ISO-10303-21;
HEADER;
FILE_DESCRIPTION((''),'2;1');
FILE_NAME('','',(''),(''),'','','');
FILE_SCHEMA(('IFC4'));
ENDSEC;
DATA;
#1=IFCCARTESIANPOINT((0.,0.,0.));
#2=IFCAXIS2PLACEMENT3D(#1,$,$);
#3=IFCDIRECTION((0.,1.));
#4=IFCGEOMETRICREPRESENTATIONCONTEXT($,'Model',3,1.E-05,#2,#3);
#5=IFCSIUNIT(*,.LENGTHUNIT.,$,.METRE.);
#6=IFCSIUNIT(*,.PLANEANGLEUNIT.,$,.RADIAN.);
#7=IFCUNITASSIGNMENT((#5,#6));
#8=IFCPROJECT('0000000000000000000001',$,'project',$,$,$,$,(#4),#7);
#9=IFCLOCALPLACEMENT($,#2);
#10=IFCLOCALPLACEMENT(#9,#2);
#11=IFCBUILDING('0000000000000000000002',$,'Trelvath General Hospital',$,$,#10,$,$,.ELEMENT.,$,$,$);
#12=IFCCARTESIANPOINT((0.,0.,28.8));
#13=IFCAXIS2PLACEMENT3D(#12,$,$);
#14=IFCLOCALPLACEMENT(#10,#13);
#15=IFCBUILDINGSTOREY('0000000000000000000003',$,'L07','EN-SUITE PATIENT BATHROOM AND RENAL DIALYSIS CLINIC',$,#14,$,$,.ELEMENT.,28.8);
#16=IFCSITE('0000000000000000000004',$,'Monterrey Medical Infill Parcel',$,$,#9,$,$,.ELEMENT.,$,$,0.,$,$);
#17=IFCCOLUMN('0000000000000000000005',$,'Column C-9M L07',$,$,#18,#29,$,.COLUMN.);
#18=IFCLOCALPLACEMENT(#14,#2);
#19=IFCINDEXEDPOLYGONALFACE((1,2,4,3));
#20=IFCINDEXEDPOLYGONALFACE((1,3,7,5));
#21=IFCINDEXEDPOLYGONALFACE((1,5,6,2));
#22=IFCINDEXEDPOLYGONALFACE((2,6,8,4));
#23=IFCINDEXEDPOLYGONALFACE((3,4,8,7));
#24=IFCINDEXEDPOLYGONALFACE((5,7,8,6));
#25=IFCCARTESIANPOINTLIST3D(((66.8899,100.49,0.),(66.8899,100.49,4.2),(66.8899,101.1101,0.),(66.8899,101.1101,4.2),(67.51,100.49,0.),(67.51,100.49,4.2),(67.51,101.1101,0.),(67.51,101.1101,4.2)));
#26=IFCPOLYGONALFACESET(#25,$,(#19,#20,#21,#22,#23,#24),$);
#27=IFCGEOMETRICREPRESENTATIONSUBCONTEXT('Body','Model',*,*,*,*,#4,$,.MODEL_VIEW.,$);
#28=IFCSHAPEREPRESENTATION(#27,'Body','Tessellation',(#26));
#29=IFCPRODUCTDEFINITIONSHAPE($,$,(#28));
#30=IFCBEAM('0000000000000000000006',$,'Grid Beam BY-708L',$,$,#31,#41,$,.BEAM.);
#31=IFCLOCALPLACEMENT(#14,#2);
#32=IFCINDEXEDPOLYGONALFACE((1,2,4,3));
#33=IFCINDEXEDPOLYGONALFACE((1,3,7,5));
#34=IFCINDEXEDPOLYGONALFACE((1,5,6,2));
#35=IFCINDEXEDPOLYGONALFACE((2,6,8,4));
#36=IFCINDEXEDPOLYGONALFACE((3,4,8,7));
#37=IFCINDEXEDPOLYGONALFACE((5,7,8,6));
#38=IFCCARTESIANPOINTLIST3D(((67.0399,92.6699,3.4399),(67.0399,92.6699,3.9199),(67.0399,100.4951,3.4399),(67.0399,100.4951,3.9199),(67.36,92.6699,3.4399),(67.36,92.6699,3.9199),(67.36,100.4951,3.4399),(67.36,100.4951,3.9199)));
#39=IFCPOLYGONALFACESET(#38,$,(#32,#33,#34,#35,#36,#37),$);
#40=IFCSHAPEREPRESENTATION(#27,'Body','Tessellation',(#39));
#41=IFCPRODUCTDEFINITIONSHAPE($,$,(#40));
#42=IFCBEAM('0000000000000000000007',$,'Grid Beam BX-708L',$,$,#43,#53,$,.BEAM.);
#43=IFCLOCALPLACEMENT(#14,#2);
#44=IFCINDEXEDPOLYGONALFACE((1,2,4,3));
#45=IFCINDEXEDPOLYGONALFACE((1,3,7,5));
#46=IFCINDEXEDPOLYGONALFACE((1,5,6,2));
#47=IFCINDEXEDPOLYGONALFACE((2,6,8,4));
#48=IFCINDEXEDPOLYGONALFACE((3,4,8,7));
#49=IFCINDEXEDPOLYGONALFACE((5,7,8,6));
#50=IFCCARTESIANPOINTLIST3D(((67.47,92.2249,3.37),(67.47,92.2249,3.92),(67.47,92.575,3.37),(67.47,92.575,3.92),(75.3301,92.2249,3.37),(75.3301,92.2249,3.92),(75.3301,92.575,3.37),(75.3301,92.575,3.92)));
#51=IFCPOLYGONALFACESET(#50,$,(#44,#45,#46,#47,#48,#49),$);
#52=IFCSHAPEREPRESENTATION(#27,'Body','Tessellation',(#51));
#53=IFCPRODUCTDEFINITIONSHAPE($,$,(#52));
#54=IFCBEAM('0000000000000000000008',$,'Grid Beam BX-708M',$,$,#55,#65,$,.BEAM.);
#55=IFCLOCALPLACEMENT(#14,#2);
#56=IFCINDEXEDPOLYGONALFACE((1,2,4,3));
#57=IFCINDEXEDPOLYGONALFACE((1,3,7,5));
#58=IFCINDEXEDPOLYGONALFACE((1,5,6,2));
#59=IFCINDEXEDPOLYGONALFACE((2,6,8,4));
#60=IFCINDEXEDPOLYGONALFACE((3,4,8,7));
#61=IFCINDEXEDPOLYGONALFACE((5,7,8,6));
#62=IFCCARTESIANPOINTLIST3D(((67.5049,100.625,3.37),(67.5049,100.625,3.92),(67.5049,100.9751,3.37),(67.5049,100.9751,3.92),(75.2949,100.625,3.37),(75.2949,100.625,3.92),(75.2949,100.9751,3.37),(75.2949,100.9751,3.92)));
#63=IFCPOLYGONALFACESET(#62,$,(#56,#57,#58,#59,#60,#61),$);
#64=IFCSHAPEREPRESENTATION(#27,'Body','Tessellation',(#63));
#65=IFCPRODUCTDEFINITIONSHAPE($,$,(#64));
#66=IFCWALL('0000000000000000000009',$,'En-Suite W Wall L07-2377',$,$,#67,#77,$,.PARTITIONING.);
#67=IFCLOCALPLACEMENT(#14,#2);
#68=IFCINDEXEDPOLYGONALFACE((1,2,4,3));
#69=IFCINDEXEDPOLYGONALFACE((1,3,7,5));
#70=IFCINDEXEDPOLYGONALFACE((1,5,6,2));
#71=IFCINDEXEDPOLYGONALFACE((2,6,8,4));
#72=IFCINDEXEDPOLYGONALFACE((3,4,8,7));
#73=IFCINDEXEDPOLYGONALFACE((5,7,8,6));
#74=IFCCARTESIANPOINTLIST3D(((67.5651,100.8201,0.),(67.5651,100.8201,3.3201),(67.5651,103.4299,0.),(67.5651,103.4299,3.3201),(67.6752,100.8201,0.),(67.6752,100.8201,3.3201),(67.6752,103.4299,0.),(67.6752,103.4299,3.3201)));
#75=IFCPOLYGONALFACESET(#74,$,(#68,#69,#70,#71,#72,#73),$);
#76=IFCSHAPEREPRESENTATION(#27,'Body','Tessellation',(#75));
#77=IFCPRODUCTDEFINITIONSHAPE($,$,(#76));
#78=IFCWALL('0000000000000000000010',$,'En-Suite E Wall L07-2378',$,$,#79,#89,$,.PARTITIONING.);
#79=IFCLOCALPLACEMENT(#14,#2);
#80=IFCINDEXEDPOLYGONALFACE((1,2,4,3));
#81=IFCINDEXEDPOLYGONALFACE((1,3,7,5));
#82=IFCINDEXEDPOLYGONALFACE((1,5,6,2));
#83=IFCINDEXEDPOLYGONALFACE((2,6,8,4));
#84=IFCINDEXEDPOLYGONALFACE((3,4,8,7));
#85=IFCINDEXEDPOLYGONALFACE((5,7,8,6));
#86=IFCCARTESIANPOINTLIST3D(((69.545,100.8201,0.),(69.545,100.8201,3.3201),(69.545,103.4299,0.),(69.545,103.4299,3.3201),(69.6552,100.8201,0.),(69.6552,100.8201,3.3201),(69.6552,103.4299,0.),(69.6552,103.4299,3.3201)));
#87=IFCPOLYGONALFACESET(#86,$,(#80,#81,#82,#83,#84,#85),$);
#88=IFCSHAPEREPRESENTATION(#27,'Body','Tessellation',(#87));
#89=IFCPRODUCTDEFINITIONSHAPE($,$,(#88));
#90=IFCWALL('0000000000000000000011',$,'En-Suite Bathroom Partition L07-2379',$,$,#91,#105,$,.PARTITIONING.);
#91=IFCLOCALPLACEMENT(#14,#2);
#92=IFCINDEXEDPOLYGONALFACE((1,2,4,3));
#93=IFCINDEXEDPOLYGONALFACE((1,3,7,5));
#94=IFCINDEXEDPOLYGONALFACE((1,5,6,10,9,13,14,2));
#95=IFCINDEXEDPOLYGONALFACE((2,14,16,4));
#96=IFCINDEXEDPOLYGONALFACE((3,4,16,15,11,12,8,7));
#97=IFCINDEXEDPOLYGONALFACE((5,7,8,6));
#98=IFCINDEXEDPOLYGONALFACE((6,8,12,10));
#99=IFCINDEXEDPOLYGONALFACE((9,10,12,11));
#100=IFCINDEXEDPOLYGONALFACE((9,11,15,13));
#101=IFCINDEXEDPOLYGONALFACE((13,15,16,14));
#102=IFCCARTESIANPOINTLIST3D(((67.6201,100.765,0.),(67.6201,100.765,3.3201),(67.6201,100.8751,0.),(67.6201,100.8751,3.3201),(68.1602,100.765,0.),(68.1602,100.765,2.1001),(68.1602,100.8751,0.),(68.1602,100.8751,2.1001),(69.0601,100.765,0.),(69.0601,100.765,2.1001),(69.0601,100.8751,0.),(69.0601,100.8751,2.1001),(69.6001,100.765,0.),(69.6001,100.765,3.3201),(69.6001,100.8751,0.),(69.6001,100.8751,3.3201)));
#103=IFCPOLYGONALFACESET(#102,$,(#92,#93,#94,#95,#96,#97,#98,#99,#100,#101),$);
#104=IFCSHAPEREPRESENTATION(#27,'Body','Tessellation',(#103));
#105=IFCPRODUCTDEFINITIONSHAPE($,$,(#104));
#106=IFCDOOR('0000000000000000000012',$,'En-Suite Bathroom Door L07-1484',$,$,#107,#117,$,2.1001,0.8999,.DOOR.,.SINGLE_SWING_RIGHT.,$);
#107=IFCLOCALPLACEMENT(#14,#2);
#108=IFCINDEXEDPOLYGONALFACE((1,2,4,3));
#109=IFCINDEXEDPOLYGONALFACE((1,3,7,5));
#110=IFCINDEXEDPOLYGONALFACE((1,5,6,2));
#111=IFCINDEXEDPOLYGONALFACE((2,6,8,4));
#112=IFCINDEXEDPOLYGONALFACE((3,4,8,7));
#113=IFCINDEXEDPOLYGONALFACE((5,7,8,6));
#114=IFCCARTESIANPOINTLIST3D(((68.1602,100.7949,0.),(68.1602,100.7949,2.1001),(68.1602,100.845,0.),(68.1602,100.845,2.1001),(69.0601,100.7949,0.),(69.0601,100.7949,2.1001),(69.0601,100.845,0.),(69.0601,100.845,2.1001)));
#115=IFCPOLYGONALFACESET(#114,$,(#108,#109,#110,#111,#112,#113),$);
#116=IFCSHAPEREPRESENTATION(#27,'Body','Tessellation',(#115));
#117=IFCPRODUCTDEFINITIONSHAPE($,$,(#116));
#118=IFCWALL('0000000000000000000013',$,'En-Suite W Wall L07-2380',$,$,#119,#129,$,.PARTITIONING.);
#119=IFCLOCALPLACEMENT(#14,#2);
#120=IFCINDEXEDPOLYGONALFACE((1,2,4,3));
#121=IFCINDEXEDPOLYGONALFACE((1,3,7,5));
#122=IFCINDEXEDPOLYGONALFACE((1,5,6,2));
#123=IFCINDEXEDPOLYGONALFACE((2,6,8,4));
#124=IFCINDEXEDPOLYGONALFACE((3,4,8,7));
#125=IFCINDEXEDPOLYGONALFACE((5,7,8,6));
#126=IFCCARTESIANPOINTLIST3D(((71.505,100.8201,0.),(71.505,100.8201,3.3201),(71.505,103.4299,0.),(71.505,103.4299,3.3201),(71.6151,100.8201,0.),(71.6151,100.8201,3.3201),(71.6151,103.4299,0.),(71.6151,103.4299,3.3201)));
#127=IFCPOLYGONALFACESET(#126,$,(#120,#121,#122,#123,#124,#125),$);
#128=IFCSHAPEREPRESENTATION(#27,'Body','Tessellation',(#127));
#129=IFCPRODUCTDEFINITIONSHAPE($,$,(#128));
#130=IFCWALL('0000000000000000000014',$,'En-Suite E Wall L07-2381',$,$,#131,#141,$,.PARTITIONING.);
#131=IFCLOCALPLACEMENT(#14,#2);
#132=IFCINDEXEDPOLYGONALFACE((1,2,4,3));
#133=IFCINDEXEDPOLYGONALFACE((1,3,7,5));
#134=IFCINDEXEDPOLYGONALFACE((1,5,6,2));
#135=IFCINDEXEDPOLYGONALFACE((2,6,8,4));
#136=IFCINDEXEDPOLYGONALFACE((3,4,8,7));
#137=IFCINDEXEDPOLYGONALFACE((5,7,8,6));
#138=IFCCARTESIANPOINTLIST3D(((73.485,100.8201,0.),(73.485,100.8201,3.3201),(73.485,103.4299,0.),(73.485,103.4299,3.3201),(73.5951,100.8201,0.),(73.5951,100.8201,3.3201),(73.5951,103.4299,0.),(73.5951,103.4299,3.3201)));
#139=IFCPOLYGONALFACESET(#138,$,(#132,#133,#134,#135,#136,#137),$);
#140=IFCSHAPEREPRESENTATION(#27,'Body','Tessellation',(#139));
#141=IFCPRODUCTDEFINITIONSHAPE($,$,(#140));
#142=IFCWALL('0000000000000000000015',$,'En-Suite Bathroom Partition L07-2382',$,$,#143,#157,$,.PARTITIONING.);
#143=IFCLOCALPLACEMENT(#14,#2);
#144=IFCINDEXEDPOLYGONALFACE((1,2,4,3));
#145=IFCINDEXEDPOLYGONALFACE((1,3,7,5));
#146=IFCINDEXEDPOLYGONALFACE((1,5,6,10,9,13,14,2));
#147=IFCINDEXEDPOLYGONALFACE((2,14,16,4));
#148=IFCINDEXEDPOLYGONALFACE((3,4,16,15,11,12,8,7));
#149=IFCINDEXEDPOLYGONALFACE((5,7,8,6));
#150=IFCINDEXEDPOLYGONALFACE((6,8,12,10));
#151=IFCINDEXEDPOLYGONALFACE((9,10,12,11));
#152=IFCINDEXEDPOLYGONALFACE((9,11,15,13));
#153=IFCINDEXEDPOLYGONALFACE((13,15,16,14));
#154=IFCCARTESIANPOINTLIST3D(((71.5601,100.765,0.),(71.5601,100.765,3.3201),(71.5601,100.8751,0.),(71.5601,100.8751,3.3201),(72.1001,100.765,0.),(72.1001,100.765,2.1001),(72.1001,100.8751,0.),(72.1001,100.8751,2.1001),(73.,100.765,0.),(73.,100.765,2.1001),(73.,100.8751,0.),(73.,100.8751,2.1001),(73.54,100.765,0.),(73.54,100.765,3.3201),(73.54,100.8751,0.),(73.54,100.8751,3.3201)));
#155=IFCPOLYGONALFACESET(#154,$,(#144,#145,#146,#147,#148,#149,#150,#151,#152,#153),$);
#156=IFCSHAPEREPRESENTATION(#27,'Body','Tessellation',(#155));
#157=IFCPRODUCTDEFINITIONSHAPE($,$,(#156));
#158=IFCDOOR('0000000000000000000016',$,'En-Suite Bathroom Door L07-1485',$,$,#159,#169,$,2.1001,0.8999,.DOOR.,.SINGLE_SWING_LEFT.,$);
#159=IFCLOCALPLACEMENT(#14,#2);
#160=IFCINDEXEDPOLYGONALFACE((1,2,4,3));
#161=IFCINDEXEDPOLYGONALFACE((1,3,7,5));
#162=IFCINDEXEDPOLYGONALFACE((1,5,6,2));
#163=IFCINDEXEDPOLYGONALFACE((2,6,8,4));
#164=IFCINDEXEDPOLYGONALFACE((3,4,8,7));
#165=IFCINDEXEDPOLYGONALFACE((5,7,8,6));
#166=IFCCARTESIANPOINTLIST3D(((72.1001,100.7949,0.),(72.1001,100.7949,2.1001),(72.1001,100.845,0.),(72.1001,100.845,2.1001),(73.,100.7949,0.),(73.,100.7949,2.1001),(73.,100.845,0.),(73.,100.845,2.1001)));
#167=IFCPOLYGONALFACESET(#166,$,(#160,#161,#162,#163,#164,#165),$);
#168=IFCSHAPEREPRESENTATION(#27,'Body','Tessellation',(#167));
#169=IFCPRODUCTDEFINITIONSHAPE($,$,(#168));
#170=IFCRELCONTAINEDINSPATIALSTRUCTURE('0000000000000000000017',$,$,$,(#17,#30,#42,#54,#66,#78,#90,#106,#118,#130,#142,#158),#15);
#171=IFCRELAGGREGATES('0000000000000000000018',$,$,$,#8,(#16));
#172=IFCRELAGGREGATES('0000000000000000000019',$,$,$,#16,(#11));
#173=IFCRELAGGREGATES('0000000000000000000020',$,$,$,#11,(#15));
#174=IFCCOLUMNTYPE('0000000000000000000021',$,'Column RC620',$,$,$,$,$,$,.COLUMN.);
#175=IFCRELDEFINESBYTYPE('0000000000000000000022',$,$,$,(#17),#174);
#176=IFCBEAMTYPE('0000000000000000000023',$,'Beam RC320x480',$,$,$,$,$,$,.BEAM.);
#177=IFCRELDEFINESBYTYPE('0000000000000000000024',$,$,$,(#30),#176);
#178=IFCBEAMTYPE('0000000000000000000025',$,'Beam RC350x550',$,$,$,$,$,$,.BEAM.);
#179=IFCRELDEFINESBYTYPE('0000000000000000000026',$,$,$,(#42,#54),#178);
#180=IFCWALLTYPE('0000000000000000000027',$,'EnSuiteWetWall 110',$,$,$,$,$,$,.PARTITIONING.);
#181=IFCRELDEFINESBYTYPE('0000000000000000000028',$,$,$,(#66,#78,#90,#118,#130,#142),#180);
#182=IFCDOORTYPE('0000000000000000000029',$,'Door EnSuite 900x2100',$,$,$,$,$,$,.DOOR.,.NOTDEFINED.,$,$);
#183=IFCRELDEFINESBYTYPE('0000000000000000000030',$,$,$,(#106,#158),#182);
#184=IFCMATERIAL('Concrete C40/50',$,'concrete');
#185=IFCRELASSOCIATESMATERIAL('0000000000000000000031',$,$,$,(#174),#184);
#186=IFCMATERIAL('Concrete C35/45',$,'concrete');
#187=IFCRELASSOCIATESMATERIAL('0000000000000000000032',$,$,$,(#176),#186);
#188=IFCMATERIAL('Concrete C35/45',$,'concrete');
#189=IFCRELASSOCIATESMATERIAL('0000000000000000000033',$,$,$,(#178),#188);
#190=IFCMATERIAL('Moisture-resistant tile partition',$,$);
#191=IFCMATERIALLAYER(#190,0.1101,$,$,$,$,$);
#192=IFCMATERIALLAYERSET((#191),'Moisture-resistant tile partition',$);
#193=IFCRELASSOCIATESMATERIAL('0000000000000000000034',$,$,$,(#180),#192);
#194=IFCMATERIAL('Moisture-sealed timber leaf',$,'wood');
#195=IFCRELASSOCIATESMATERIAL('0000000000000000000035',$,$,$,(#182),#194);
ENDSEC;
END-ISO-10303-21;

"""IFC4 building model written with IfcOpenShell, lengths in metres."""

from ifc_helpers import new_model, si_unit, direction, frame, frame_2d, origin, origin_2d, place, context, subcontext, project, spatial, rectangle, extrude, material, layer, layer_set, material_profile, profile_set, type_object, element, fill, save


model = new_model("IFC4")

# Units and contexts
model_context = context("Model", 3, precision=1e-05, world=origin(), true_north=direction((0.0, 1.0)))
body_context = subcontext(model_context, "Body", "Model", "MODEL_VIEW")
ifc_project = project(units=[si_unit("LENGTHUNIT", "METRE"), si_unit("PLANEANGLEUNIT", "RADIAN")], contexts=[model_context])

# Site, building, storey
site_placement = place(None, origin())
site = spatial("IfcSite", under=ifc_project, at=site_placement, Name="Monterrey Medical Infill Parcel", CompositionType="ELEMENT", RefElevation=0.0)
building_placement = place(site_placement, origin())
building = spatial("IfcBuilding", under=site, at=building_placement, Name="Trelvath General Hospital", CompositionType="ELEMENT")
storey_placement = place(building_placement, frame((0.0, 0.0, 28.8)))
storey = spatial("IfcBuildingStorey", under=building, at=storey_placement, Name="L07", Description="EN-SUITE PATIENT BATHROOM AND RENAL DIALYSIS CLINIC", CompositionType="ELEMENT", Elevation=28.8)

# Column
ifc_material_1 = material(Name="Concrete C40/50", Category="concrete")
ifc_material_profile_1 = material_profile(ifc_material_1, rectangle(XDim=0.6201, YDim=0.6201, at=origin_2d()), Name="RC620x620")
ifc_profile_set_1 = profile_set([ifc_material_profile_1], Name="Concrete C40/50")
column_type = type_object("IfcColumnType", Name="Column RC620", PredefinedType="COLUMN", material=ifc_profile_set_1)
column_placement = place(storey_placement, frame((67.2, 100.8, 0.0), z_axis=(0.0, 0.0, 1.0), x_axis=(1.0, 0.0, 0.0)))
element("IfcColumn", 1, at=column_placement, inside=storey, type_object=column_type, Name="Column C-9M L07", PredefinedType="COLUMN", context=body_context, shape_type="SweptSolid", body=[
    extrude(rectangle(XDim=0.6201, YDim=0.6201, at=origin_2d()), origin(), (0.0, 0.0, 1.0), 4.2),
])

# Beams
ifc_material_2 = material(Name="Concrete C35/45", Category="concrete")
ifc_material_profile_2 = material_profile(ifc_material_2, rectangle(XDim=0.3201, YDim=0.48, at=origin_2d()), Name="RCB320x480")
ifc_profile_set_2 = profile_set([ifc_material_profile_2], Name="Concrete C35/45")
beam_type_1 = type_object("IfcBeamType", Name="Beam RC320x480", PredefinedType="BEAM", material=ifc_profile_set_2)
beam_1_placement = place(storey_placement, frame((67.2, 92.6699, 3.6799), z_axis=(0.0, 1.0, 0.0), x_axis=(-1.0, 0.0, 0.0)))
element("IfcBeam", 2, at=beam_1_placement, inside=storey, type_object=beam_type_1, Name="Grid Beam BY-708L", PredefinedType="BEAM", context=body_context, shape_type="SweptSolid", body=[
    extrude(rectangle(XDim=0.3201, YDim=0.48, at=origin_2d()), origin(), (0.0, 0.0, 1.0), 7.8252),
])
ifc_material_3 = material(Name="Concrete C35/45", Category="concrete")
ifc_material_profile_3 = material_profile(ifc_material_3, rectangle(XDim=0.3501, YDim=0.55, at=origin_2d()), Name="RCB350x550")
ifc_profile_set_3 = profile_set([ifc_material_profile_3], Name="Concrete C35/45")
beam_type_2 = type_object("IfcBeamType", Name="Beam RC350x550", PredefinedType="BEAM", material=ifc_profile_set_3)
beam_2_placement = place(storey_placement, frame((67.47, 92.3999, 3.645), z_axis=(1.0, 0.0, 0.0), x_axis=(0.0, 1.0, 0.0)))
element("IfcBeam", 3, at=beam_2_placement, inside=storey, type_object=beam_type_2, Name="Grid Beam BX-708L", PredefinedType="BEAM", context=body_context, shape_type="SweptSolid", body=[
    extrude(rectangle(XDim=0.3501, YDim=0.55, at=origin_2d()), origin(), (0.0, 0.0, 1.0), 7.8601),
])
beam_3_placement = place(storey_placement, frame((67.5049, 100.8, 3.645), z_axis=(1.0, 0.0, 0.0), x_axis=(0.0, 1.0, 0.0)))
element("IfcBeam", 4, at=beam_3_placement, inside=storey, type_object=beam_type_2, Name="Grid Beam BX-708M", PredefinedType="BEAM", context=body_context, shape_type="SweptSolid", body=[
    extrude(rectangle(XDim=0.3501, YDim=0.55, at=origin_2d()), origin(), (0.0, 0.0, 1.0), 7.79),
])

# Walls
ifc_material_4 = material(Name="Moisture-resistant tile partition")
ifc_layer_1 = layer(ifc_material_4, 0.1101)
ifc_layer_set_1 = layer_set([ifc_layer_1], Name="Moisture-resistant tile partition")
wall_type_1 = type_object("IfcWallType", Name="EnSuiteWetWall 110", PredefinedType="PARTITIONING", material=ifc_layer_set_1)
for number, where, z_axis, x_axis, name in (
    (5, (67.6201, 100.8201, 0.0), (0.0, 0.0, 1.0), (0.0, 1.0, 0.0), "En-Suite W Wall L07-2377"),
    (6, (69.6001, 100.8201, 0.0), (0.0, 0.0, 1.0), (0.0, 1.0, 0.0), "En-Suite E Wall L07-2378"),
):
    element("IfcWall", number, at=place(storey_placement, frame(where, z_axis=z_axis, x_axis=x_axis)), inside=storey, type_object=wall_type_1, Name=name, PredefinedType="PARTITIONING", context=body_context, shape_type="SweptSolid", body=[
        extrude(rectangle(XDim=2.6099, YDim=0.1101, at=frame_2d((1.3049, 0.0))), origin(), (0.0, 0.0, 1.0), 3.3201),
    ])

# Wall, opening, door
wall_1_placement = place(storey_placement, frame((67.6201, 100.8201, 0.0), z_axis=(0.0, 0.0, 1.0), x_axis=(1.0, 0.0, 0.0)))
wall_1 = element("IfcWall", 7, at=wall_1_placement, inside=storey, type_object=wall_type_1, Name="En-Suite Bathroom Partition L07-2379", PredefinedType="PARTITIONING", context=body_context, shape_type="SweptSolid", body=[
    extrude(rectangle(XDim=1.98, YDim=0.1101, at=frame_2d((0.99, 0.0))), origin(), (0.0, 0.0, 1.0), 3.3201),
])
opening_1_placement = place(wall_1_placement, frame((0.54, 0.0, 0.0)))
opening_1 = element("IfcOpeningElement", 8, at=opening_1_placement, cuts=wall_1, PredefinedType="OPENING", context=body_context, shape_type="SweptSolid", body=[
    extrude(rectangle(XDim=0.8999, YDim=2.1001, at=frame_2d((0.45, 1.05))), frame((0.0, 0.0649, 0.0), z_axis=(0.0, -1.0, 0.0), x_axis=(1.0, 0.0, 0.0)), (0.0, 0.0, 1.0), 0.1301),
])
ifc_material_5 = material(Name="Moisture-sealed timber leaf", Category="wood")
door_type = type_object("IfcDoorType", Name="Door EnSuite 900x2100", OperationType="NOTDEFINED", PredefinedType="DOOR", material=ifc_material_5)
door_1_placement = place(opening_1_placement, origin())
door_1 = element("IfcDoor", 9, at=door_1_placement, inside=storey, type_object=door_type, Name="En-Suite Bathroom Door L07-1484", OperationType="SINGLE_SWING_RIGHT", OverallHeight=2.1001, OverallWidth=0.8999, PredefinedType="DOOR", context=body_context, shape_type="SweptSolid", body=[
    extrude(rectangle(XDim=0.8999, YDim=2.1001, at=frame_2d((0.45, 1.05))), frame((0.0, 0.0249, 0.0), z_axis=(0.0, -1.0, 0.0), x_axis=(1.0, 0.0, 0.0)), (0.0, 0.0, 1.0), 0.05),
])
fill(opening_1, door_1)

# Walls
for number, where, z_axis, x_axis, name in (
    (10, (71.5601, 100.8201, 0.0), (0.0, 0.0, 1.0), (0.0, 1.0, 0.0), "En-Suite W Wall L07-2380"),
    (11, (73.54, 100.8201, 0.0), (0.0, 0.0, 1.0), (0.0, 1.0, 0.0), "En-Suite E Wall L07-2381"),
):
    element("IfcWall", number, at=place(storey_placement, frame(where, z_axis=z_axis, x_axis=x_axis)), inside=storey, type_object=wall_type_1, Name=name, PredefinedType="PARTITIONING", context=body_context, shape_type="SweptSolid", body=[
        extrude(rectangle(XDim=2.6099, YDim=0.1101, at=frame_2d((1.3049, 0.0))), origin(), (0.0, 0.0, 1.0), 3.3201),
    ])

# Wall, opening, door
wall_2_placement = place(storey_placement, frame((71.5601, 100.8201, 0.0), z_axis=(0.0, 0.0, 1.0), x_axis=(1.0, 0.0, 0.0)))
wall_2 = element("IfcWall", 12, at=wall_2_placement, inside=storey, type_object=wall_type_1, Name="En-Suite Bathroom Partition L07-2382", PredefinedType="PARTITIONING", context=body_context, shape_type="SweptSolid", body=[
    extrude(rectangle(XDim=1.98, YDim=0.1101, at=frame_2d((0.99, 0.0))), origin(), (0.0, 0.0, 1.0), 3.3201),
])
opening_2_placement = place(wall_2_placement, frame((0.54, 0.0, 0.0)))
opening_2 = element("IfcOpeningElement", 13, at=opening_2_placement, cuts=wall_2, PredefinedType="OPENING", context=body_context, shape_type="SweptSolid", body=[
    extrude(rectangle(XDim=0.8999, YDim=2.1001, at=frame_2d((0.45, 1.05))), frame((0.0, 0.0649, 0.0), z_axis=(0.0, -1.0, 0.0), x_axis=(1.0, 0.0, 0.0)), (0.0, 0.0, 1.0), 0.1301),
])
door_2_placement = place(opening_2_placement, origin())
door_2 = element("IfcDoor", 14, at=door_2_placement, inside=storey, type_object=door_type, Name="En-Suite Bathroom Door L07-1485", OperationType="SINGLE_SWING_LEFT", OverallHeight=2.1001, OverallWidth=0.8999, PredefinedType="DOOR", context=body_context, shape_type="SweptSolid", body=[
    extrude(rectangle(XDim=0.8999, YDim=2.1001, at=frame_2d((0.45, 1.05))), frame((0.0, 0.0249, 0.0), z_axis=(0.0, -1.0, 0.0), x_axis=(1.0, 0.0, 0.0)), (0.0, 0.0, 1.0), 0.05),
])
fill(opening_2, door_2)

save(model, "model.ifc")
